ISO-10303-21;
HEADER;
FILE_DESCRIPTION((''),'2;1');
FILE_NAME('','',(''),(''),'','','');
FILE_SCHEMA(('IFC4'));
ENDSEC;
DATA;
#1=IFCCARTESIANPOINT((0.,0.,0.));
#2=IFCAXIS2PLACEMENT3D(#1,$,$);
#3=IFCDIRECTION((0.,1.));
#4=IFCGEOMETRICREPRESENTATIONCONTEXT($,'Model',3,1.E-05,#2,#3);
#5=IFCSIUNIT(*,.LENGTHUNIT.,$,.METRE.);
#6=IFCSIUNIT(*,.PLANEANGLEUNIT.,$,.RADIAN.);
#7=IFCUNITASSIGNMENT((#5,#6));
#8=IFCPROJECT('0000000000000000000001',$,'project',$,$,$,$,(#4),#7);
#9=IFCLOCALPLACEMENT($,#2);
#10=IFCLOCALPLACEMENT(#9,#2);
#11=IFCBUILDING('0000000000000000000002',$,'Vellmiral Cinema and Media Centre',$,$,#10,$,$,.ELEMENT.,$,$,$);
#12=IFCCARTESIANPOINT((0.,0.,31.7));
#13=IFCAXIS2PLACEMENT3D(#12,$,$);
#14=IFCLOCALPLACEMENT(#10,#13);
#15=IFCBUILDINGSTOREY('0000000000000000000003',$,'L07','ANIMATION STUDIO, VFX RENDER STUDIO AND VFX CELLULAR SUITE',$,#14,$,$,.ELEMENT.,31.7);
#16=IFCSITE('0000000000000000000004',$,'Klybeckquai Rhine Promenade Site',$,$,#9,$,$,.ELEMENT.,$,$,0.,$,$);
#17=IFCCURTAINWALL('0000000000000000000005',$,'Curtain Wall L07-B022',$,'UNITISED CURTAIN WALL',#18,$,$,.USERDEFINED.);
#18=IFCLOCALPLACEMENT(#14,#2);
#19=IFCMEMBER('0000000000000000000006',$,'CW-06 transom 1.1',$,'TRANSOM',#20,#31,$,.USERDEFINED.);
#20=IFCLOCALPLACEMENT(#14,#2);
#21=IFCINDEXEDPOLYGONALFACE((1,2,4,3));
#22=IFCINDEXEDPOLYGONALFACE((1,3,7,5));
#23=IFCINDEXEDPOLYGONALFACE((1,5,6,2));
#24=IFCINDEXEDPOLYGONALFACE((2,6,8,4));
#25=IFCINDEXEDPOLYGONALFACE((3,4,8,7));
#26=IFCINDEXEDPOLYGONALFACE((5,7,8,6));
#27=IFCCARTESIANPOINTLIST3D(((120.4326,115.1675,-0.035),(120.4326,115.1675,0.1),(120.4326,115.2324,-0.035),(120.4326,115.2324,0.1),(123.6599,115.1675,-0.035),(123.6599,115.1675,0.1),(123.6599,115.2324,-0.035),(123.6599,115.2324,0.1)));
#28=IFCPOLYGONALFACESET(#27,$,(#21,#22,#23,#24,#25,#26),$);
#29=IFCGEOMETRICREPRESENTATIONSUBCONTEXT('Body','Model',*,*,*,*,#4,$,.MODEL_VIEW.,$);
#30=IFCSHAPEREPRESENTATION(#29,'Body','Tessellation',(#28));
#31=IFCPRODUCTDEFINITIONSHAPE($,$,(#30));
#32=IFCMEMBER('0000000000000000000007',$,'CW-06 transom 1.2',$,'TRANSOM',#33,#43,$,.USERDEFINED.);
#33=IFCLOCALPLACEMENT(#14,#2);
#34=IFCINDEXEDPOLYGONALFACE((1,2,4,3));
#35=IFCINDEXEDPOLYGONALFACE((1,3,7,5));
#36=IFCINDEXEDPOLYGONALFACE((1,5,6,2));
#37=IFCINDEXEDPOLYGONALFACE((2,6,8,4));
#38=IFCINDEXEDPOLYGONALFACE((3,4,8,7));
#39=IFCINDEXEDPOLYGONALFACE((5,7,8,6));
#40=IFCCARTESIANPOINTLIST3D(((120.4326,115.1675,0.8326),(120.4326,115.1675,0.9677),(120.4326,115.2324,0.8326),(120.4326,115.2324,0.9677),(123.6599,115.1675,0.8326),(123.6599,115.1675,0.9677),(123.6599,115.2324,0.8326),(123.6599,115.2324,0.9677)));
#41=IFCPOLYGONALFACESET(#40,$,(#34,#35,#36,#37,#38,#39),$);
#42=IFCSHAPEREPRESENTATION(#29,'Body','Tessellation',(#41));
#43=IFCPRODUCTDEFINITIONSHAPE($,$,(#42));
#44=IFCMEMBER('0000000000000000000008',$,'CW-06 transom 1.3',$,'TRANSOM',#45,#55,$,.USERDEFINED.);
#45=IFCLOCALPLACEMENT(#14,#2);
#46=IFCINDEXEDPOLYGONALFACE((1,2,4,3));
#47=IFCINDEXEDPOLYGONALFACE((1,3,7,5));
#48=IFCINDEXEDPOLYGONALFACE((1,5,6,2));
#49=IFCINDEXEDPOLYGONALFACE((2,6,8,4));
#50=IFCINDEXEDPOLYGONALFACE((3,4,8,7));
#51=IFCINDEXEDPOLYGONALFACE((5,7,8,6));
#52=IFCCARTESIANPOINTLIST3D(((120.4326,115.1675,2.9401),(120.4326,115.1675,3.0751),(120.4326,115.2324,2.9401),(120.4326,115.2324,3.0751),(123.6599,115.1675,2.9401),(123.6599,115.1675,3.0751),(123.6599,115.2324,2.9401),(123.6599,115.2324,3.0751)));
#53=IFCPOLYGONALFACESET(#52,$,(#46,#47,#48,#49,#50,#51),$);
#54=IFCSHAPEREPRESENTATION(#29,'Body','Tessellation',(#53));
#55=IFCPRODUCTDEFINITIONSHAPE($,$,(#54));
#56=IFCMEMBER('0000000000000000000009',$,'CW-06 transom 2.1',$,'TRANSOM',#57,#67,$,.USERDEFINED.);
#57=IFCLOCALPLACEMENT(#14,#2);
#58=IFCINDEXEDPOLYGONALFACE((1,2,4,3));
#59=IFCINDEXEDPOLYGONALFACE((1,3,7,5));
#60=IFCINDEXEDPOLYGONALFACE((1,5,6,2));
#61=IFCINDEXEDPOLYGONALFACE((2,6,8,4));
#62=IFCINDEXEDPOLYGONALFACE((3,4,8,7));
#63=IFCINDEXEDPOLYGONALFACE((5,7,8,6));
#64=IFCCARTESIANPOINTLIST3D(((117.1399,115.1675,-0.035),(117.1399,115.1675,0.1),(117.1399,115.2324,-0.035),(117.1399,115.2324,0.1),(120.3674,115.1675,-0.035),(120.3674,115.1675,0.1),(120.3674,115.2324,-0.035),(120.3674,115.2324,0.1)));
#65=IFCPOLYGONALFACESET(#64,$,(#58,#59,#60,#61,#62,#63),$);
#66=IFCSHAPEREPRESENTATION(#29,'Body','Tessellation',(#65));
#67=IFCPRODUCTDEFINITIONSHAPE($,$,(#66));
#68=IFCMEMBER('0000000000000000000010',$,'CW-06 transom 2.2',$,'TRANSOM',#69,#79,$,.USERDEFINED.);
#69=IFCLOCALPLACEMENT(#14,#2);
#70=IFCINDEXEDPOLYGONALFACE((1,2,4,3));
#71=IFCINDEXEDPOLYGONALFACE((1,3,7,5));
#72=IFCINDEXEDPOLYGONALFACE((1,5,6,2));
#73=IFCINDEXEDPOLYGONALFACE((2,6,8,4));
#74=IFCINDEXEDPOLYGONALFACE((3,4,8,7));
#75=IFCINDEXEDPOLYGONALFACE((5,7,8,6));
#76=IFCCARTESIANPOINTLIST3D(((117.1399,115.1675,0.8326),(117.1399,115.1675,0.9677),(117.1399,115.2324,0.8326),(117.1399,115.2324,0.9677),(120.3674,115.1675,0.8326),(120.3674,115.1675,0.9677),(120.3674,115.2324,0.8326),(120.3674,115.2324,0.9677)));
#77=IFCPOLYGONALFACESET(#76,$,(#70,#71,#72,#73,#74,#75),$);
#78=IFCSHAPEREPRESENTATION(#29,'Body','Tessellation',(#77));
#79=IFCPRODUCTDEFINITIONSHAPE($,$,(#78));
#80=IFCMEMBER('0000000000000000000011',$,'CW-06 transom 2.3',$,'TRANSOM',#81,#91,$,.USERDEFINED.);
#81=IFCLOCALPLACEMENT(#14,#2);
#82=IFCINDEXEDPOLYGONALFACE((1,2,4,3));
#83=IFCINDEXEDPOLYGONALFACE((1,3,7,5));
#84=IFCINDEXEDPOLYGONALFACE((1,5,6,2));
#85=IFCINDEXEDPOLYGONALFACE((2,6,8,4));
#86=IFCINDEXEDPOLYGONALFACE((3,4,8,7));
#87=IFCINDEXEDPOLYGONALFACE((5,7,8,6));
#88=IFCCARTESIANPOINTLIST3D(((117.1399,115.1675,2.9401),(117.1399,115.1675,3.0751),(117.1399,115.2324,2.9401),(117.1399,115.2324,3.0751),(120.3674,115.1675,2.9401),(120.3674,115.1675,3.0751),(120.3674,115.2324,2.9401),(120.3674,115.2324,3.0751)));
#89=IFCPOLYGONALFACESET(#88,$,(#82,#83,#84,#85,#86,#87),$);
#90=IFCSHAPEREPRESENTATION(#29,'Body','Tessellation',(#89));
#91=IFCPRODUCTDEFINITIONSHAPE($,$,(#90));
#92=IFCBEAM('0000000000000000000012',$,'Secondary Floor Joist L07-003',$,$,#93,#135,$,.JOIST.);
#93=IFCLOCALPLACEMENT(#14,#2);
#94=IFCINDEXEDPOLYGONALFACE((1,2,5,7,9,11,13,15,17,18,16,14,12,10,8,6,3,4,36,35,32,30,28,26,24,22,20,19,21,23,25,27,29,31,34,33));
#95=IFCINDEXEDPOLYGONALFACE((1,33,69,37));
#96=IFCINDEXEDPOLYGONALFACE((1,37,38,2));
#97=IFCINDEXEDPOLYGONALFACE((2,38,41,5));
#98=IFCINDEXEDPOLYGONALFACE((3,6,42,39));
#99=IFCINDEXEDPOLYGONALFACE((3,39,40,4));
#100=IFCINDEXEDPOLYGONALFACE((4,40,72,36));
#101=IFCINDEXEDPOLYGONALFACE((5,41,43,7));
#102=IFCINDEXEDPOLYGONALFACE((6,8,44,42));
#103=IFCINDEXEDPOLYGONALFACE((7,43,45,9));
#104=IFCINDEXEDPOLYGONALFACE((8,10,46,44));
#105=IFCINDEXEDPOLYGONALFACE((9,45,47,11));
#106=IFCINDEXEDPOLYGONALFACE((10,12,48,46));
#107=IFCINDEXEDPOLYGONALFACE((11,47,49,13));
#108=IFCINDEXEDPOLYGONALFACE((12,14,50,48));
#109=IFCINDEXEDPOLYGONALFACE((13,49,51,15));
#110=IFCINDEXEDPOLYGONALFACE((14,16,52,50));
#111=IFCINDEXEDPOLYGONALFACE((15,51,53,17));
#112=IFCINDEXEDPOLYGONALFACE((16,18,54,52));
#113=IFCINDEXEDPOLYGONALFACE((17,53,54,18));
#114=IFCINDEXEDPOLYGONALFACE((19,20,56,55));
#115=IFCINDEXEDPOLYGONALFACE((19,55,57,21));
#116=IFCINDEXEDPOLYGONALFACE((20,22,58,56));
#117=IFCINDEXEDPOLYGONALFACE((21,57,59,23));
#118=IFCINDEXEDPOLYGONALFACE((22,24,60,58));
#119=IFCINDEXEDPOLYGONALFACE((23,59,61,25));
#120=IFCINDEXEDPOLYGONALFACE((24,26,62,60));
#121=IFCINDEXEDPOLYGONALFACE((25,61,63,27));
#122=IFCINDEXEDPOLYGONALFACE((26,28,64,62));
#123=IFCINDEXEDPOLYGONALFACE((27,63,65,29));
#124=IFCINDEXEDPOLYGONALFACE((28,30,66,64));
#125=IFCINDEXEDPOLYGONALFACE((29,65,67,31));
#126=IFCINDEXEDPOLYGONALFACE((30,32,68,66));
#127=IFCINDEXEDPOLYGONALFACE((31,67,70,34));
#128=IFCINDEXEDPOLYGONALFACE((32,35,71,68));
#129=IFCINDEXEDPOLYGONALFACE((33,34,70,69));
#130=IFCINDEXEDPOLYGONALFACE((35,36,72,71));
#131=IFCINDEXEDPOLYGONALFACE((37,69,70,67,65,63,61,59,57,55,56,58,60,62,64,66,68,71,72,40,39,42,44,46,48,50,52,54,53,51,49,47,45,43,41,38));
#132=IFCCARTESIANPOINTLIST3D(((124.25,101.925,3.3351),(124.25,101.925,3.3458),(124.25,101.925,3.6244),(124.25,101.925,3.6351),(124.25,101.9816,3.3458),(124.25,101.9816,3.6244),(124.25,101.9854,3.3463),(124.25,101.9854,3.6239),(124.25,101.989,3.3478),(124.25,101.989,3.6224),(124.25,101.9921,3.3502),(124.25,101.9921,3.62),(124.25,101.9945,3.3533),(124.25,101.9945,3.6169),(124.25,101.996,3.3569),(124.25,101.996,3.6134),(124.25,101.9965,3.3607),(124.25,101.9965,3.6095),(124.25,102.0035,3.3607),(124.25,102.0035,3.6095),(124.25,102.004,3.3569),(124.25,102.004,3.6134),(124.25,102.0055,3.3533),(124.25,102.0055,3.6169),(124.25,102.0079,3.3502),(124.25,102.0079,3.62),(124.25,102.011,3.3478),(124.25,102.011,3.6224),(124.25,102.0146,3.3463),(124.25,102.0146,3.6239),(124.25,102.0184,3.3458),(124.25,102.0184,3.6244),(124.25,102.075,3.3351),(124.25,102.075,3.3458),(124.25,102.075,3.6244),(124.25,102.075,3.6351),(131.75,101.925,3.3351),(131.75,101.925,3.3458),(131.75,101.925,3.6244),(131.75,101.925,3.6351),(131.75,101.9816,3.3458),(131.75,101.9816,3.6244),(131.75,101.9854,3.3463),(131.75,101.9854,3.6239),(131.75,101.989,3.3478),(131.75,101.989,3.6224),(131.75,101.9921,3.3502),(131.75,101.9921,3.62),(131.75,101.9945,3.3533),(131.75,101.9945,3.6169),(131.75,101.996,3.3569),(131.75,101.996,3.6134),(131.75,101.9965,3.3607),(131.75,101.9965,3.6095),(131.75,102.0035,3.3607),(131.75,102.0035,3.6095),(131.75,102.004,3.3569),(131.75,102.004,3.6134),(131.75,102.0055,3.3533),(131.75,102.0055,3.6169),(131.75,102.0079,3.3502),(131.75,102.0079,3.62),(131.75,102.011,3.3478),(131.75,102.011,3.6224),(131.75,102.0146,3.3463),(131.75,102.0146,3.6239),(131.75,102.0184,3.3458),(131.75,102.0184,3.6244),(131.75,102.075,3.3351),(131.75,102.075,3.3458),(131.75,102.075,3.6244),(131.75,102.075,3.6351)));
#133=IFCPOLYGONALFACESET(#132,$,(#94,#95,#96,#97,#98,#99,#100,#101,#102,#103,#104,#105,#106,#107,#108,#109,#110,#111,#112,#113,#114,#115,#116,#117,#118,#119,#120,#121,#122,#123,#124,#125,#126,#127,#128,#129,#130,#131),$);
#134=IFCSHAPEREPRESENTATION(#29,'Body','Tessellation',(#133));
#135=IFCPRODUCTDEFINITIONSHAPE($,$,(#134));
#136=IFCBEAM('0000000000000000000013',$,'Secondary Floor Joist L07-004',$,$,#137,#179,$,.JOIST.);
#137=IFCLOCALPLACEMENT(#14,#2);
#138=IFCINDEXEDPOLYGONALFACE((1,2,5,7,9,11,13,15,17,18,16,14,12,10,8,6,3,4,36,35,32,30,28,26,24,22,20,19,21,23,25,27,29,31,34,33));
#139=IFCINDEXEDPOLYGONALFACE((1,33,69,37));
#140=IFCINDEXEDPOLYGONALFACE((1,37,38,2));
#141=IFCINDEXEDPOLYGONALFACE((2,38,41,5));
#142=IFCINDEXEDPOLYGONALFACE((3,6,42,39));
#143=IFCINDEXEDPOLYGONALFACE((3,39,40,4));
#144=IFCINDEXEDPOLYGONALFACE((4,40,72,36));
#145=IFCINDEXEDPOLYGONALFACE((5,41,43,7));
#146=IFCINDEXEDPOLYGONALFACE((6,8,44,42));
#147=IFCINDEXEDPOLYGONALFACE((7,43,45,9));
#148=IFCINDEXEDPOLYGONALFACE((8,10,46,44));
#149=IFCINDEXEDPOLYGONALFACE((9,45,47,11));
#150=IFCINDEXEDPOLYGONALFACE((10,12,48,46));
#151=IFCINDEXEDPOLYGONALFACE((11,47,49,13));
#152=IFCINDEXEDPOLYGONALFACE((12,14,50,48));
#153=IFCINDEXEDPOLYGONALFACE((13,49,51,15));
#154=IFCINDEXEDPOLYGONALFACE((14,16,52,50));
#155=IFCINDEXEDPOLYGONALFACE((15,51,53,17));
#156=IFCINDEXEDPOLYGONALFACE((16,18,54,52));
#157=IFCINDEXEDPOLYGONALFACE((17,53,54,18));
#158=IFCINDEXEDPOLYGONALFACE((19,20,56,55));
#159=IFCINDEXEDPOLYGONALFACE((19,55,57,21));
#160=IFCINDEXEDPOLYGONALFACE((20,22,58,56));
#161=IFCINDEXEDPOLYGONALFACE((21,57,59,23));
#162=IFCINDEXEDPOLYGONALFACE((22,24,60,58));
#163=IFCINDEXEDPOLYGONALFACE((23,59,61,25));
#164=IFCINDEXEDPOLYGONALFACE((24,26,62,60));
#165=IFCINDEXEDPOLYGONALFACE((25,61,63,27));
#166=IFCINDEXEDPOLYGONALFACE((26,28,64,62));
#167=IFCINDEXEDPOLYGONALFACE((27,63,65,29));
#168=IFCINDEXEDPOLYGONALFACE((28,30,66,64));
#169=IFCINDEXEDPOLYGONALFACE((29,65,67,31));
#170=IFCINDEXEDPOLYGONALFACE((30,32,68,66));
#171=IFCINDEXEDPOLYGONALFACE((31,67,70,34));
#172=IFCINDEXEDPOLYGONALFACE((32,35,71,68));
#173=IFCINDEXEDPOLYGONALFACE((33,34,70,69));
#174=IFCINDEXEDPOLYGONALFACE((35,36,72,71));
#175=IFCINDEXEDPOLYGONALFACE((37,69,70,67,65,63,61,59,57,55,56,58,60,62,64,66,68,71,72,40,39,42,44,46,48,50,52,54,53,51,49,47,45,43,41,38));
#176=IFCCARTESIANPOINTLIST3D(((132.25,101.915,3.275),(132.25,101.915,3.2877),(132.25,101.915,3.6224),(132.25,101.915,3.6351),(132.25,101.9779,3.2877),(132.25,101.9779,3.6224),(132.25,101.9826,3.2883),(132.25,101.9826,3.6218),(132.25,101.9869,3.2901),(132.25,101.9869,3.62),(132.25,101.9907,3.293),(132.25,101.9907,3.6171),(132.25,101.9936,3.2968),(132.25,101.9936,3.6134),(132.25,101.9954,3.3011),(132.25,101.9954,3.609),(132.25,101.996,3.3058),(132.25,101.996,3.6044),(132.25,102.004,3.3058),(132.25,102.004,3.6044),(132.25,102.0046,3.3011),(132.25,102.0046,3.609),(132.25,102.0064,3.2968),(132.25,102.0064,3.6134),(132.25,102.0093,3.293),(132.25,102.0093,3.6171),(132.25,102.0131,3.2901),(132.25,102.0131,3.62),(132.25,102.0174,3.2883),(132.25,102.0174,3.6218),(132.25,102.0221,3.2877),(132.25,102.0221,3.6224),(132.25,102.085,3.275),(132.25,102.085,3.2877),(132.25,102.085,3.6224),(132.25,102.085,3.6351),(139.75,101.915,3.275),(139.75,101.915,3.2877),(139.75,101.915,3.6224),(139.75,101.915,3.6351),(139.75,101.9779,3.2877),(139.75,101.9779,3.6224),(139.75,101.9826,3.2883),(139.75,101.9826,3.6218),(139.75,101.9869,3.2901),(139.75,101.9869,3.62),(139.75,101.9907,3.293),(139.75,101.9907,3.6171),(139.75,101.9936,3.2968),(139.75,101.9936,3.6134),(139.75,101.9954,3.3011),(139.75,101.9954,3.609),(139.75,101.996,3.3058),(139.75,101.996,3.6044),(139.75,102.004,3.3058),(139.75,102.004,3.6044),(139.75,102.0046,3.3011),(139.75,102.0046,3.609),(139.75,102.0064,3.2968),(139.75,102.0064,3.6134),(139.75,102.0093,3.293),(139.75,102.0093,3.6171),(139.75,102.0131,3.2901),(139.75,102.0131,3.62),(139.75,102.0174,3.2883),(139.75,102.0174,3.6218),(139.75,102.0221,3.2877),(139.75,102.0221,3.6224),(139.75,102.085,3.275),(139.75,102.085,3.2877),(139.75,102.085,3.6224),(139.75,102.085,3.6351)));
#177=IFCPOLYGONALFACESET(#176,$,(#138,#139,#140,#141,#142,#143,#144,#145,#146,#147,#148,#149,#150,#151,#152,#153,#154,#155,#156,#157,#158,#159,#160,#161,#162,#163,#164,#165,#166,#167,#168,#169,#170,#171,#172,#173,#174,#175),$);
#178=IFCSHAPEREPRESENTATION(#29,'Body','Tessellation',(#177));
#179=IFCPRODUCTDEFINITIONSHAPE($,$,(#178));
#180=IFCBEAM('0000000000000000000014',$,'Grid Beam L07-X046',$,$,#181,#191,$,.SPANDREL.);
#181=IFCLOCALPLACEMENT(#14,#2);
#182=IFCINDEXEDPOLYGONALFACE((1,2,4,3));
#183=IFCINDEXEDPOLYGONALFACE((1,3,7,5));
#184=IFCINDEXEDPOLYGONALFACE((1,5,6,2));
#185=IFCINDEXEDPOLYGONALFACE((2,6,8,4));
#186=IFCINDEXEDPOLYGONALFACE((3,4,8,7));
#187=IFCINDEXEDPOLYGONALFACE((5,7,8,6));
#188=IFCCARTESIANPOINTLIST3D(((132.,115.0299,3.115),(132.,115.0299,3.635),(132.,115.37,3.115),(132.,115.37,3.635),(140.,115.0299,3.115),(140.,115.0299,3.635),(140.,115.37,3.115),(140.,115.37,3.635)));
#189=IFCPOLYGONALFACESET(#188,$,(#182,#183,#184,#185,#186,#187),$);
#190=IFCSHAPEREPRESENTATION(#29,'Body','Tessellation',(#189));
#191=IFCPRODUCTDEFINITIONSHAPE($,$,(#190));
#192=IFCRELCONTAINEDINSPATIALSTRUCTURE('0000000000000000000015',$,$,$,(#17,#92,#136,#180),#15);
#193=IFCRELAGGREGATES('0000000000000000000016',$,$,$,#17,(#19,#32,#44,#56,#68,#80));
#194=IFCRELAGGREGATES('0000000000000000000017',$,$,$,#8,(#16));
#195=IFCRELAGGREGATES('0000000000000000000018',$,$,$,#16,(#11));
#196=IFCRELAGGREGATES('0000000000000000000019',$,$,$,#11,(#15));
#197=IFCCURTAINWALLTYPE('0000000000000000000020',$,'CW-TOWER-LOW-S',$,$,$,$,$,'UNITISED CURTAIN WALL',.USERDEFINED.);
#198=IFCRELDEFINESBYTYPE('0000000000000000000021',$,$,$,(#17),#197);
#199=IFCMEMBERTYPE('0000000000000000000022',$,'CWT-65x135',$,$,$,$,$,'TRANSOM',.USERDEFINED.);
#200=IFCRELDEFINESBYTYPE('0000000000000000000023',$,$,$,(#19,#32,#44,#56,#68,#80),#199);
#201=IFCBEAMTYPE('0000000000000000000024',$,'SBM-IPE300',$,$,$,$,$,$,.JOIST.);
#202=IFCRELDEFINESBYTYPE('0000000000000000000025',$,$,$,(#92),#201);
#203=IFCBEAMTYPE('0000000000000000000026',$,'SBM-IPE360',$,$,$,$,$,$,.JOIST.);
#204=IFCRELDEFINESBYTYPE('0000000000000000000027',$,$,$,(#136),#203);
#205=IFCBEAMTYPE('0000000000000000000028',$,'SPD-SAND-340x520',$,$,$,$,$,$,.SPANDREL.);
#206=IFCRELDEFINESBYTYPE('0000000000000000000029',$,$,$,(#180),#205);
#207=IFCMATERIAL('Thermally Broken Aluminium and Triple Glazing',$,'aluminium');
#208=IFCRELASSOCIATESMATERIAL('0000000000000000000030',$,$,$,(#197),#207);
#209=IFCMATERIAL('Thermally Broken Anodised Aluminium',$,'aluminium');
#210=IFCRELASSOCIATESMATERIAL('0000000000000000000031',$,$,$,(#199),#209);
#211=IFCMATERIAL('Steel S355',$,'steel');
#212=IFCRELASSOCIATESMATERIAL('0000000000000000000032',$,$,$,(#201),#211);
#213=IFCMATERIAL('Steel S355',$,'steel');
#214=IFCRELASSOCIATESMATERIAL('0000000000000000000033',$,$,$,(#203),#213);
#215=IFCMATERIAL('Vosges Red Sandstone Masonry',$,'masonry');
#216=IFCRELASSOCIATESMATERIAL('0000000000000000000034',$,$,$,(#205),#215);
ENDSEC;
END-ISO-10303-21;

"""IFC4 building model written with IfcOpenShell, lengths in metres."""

from ifc_helpers import new_model, si_unit, direction, frame, origin, origin_2d, place, context, subcontext, project, spatial, rectangle, i_section, extrude, material, material_profile, profile_set, type_object, element, aggregate, save


model = new_model("IFC4")

# Units and contexts
model_context = context("Model", 3, precision=1e-05, world=origin(), true_north=direction((0.0, 1.0)))
body_context = subcontext(model_context, "Body", "Model", "MODEL_VIEW")
ifc_project = project(units=[si_unit("LENGTHUNIT", "METRE"), si_unit("PLANEANGLEUNIT", "RADIAN")], contexts=[model_context])

# Site, building, storey
site_placement = place(None, origin())
site = spatial("IfcSite", under=ifc_project, at=site_placement, Name="Klybeckquai Rhine Promenade Site", CompositionType="ELEMENT", RefElevation=0.0)
building_placement = place(site_placement, origin())
building = spatial("IfcBuilding", under=site, at=building_placement, Name="Vellmiral Cinema and Media Centre", CompositionType="ELEMENT")
storey_placement = place(building_placement, frame((0.0, 0.0, 31.7)))
storey = spatial("IfcBuildingStorey", under=building, at=storey_placement, Name="L07", Description="ANIMATION STUDIO, VFX RENDER STUDIO AND VFX CELLULAR SUITE", CompositionType="ELEMENT", Elevation=31.7)

# Curtain wall, members
ifc_material_1 = material(Name="Thermally Broken Aluminium and Triple Glazing", Category="aluminium")
curtain_wall_type = type_object("IfcCurtainWallType", Name="CW-TOWER-LOW-S", ElementType="UNITISED CURTAIN WALL", PredefinedType="USERDEFINED", material=ifc_material_1)
curtain_wall_placement = place(storey_placement, origin())
curtain_wall = element("IfcCurtainWall", 1, at=curtain_wall_placement, inside=storey, type_object=curtain_wall_type, Name="Curtain Wall L07-B022", ObjectType="UNITISED CURTAIN WALL", PredefinedType="USERDEFINED")
ifc_material_2 = material(Name="Thermally Broken Anodised Aluminium", Category="aluminium")
ifc_material_profile_1 = material_profile(ifc_material_2, rectangle(XDim=0.0649, YDim=0.135, at=origin_2d()), Name="MULL 65x135")
ifc_profile_set_1 = profile_set([ifc_material_profile_1], Name="Thermally Broken Anodised Aluminium")
member_type_1 = type_object("IfcMemberType", Name="CWT-65x135", ElementType="TRANSOM", PredefinedType="USERDEFINED", material=ifc_profile_set_1)
member_1_placement = place(storey_placement, frame((123.6599, 115.2, 0.0325), z_axis=(-1.0, 0.0, 0.0), x_axis=(0.0, -1.0, 0.0)))
member_1 = element("IfcMember", 2, at=member_1_placement, type_object=member_type_1, Name="CW-06 transom 1.1", ObjectType="TRANSOM", PredefinedType="USERDEFINED", context=body_context, shape_type="SweptSolid", body=[
    extrude(rectangle(XDim=0.0649, YDim=0.135, at=origin_2d()), origin(), (0.0, 0.0, 1.0), 3.2273),
])
member_2_placement = place(storey_placement, frame((123.6599, 115.2, 0.9001), z_axis=(-1.0, 0.0, 0.0), x_axis=(0.0, -1.0, 0.0)))
member_2 = element("IfcMember", 3, at=member_2_placement, type_object=member_type_1, Name="CW-06 transom 1.2", ObjectType="TRANSOM", PredefinedType="USERDEFINED", context=body_context, shape_type="SweptSolid", body=[
    extrude(rectangle(XDim=0.0649, YDim=0.135, at=origin_2d()), origin(), (0.0, 0.0, 1.0), 3.2273),
])
member_3_placement = place(storey_placement, frame((123.6599, 115.2, 3.0076), z_axis=(-1.0, 0.0, 0.0), x_axis=(0.0, -1.0, 0.0)))
member_3 = element("IfcMember", 4, at=member_3_placement, type_object=member_type_1, Name="CW-06 transom 1.3", ObjectType="TRANSOM", PredefinedType="USERDEFINED", context=body_context, shape_type="SweptSolid", body=[
    extrude(rectangle(XDim=0.0649, YDim=0.135, at=origin_2d()), origin(), (0.0, 0.0, 1.0), 3.2273),
])
member_4_placement = place(storey_placement, frame((120.3674, 115.2, 0.0325), z_axis=(-1.0, 0.0, 0.0), x_axis=(0.0, -1.0, 0.0)))
member_4 = element("IfcMember", 5, at=member_4_placement, type_object=member_type_1, Name="CW-06 transom 2.1", ObjectType="TRANSOM", PredefinedType="USERDEFINED", context=body_context, shape_type="SweptSolid", body=[
    extrude(rectangle(XDim=0.0649, YDim=0.135, at=origin_2d()), origin(), (0.0, 0.0, 1.0), 3.2275),
])
member_5_placement = place(storey_placement, frame((120.3674, 115.2, 0.9001), z_axis=(-1.0, 0.0, 0.0), x_axis=(0.0, -1.0, 0.0)))
member_5 = element("IfcMember", 6, at=member_5_placement, type_object=member_type_1, Name="CW-06 transom 2.2", ObjectType="TRANSOM", PredefinedType="USERDEFINED", context=body_context, shape_type="SweptSolid", body=[
    extrude(rectangle(XDim=0.0649, YDim=0.135, at=origin_2d()), origin(), (0.0, 0.0, 1.0), 3.2275),
])
member_6_placement = place(storey_placement, frame((120.3674, 115.2, 3.0076), z_axis=(-1.0, 0.0, 0.0), x_axis=(0.0, -1.0, 0.0)))
member_6 = element("IfcMember", 7, at=member_6_placement, type_object=member_type_1, Name="CW-06 transom 2.3", ObjectType="TRANSOM", PredefinedType="USERDEFINED", context=body_context, shape_type="SweptSolid", body=[
    extrude(rectangle(XDim=0.0649, YDim=0.135, at=origin_2d()), origin(), (0.0, 0.0, 1.0), 3.2275),
])

# Beams
ifc_material_3 = material(Name="Steel S355", Category="steel")
ifc_material_profile_2 = material_profile(ifc_material_3, i_section(OverallWidth=0.1499, OverallDepth=0.3, WebThickness=0.0071, FlangeThickness=0.0107, FilletRadius=0.0149, at=origin_2d()), Name="IPE 300")
ifc_profile_set_2 = profile_set([ifc_material_profile_2], Name="Steel S355")
beam_type_1 = type_object("IfcBeamType", Name="SBM-IPE300", PredefinedType="JOIST", material=ifc_profile_set_2)
beam_1_placement = place(storey_placement, frame((124.25, 102.0, 3.4851), z_axis=(1.0, 0.0, 0.0), x_axis=(0.0, 1.0, 0.0)))
element("IfcBeam", 8, at=beam_1_placement, inside=storey, type_object=beam_type_1, Name="Secondary Floor Joist L07-003", PredefinedType="JOIST", context=body_context, shape_type="SweptSolid", body=[
    extrude(i_section(OverallWidth=0.1499, OverallDepth=0.3, WebThickness=0.0071, FlangeThickness=0.0107, FilletRadius=0.0149, at=origin_2d()), origin(), (0.0, 0.0, 1.0), 7.5),
])
ifc_material_4 = material(Name="Steel S355", Category="steel")
ifc_material_profile_3 = material_profile(ifc_material_4, i_section(OverallWidth=0.1699, OverallDepth=0.3601, WebThickness=0.0081, FlangeThickness=0.0127, FilletRadius=0.0181, at=origin_2d()), Name="IPE 360")
ifc_profile_set_3 = profile_set([ifc_material_profile_3], Name="Steel S355")
beam_type_2 = type_object("IfcBeamType", Name="SBM-IPE360", PredefinedType="JOIST", material=ifc_profile_set_3)
beam_2_placement = place(storey_placement, frame((132.25, 102.0, 3.4551), z_axis=(1.0, 0.0, 0.0), x_axis=(0.0, 1.0, 0.0)))
element("IfcBeam", 9, at=beam_2_placement, inside=storey, type_object=beam_type_2, Name="Secondary Floor Joist L07-004", PredefinedType="JOIST", context=body_context, shape_type="SweptSolid", body=[
    extrude(i_section(OverallWidth=0.1699, OverallDepth=0.3601, WebThickness=0.0081, FlangeThickness=0.0127, FilletRadius=0.0181, at=origin_2d()), origin(), (0.0, 0.0, 1.0), 7.5),
])
ifc_material_5 = material(Name="Vosges Red Sandstone Masonry", Category="masonry")
ifc_material_profile_4 = material_profile(ifc_material_5, rectangle(XDim=0.3401, YDim=0.52, at=origin_2d()), Name="SAND 340x520")
ifc_profile_set_4 = profile_set([ifc_material_profile_4], Name="Vosges Red Sandstone Masonry")
beam_type_3 = type_object("IfcBeamType", Name="SPD-SAND-340x520", PredefinedType="SPANDREL", material=ifc_profile_set_4)
beam_3_placement = place(storey_placement, frame((132.0, 115.2, 3.375), z_axis=(1.0, 0.0, 0.0), x_axis=(0.0, 1.0, 0.0)))
element("IfcBeam", 10, at=beam_3_placement, inside=storey, type_object=beam_type_3, Name="Grid Beam L07-X046", PredefinedType="SPANDREL", context=body_context, shape_type="SweptSolid", body=[
    extrude(rectangle(XDim=0.3401, YDim=0.52, at=origin_2d()), origin(), (0.0, 0.0, 1.0), 8.0),
])

aggregate(curtain_wall, [member_1, member_2, member_3, member_4, member_5, member_6])

save(model, "model.ifc")
